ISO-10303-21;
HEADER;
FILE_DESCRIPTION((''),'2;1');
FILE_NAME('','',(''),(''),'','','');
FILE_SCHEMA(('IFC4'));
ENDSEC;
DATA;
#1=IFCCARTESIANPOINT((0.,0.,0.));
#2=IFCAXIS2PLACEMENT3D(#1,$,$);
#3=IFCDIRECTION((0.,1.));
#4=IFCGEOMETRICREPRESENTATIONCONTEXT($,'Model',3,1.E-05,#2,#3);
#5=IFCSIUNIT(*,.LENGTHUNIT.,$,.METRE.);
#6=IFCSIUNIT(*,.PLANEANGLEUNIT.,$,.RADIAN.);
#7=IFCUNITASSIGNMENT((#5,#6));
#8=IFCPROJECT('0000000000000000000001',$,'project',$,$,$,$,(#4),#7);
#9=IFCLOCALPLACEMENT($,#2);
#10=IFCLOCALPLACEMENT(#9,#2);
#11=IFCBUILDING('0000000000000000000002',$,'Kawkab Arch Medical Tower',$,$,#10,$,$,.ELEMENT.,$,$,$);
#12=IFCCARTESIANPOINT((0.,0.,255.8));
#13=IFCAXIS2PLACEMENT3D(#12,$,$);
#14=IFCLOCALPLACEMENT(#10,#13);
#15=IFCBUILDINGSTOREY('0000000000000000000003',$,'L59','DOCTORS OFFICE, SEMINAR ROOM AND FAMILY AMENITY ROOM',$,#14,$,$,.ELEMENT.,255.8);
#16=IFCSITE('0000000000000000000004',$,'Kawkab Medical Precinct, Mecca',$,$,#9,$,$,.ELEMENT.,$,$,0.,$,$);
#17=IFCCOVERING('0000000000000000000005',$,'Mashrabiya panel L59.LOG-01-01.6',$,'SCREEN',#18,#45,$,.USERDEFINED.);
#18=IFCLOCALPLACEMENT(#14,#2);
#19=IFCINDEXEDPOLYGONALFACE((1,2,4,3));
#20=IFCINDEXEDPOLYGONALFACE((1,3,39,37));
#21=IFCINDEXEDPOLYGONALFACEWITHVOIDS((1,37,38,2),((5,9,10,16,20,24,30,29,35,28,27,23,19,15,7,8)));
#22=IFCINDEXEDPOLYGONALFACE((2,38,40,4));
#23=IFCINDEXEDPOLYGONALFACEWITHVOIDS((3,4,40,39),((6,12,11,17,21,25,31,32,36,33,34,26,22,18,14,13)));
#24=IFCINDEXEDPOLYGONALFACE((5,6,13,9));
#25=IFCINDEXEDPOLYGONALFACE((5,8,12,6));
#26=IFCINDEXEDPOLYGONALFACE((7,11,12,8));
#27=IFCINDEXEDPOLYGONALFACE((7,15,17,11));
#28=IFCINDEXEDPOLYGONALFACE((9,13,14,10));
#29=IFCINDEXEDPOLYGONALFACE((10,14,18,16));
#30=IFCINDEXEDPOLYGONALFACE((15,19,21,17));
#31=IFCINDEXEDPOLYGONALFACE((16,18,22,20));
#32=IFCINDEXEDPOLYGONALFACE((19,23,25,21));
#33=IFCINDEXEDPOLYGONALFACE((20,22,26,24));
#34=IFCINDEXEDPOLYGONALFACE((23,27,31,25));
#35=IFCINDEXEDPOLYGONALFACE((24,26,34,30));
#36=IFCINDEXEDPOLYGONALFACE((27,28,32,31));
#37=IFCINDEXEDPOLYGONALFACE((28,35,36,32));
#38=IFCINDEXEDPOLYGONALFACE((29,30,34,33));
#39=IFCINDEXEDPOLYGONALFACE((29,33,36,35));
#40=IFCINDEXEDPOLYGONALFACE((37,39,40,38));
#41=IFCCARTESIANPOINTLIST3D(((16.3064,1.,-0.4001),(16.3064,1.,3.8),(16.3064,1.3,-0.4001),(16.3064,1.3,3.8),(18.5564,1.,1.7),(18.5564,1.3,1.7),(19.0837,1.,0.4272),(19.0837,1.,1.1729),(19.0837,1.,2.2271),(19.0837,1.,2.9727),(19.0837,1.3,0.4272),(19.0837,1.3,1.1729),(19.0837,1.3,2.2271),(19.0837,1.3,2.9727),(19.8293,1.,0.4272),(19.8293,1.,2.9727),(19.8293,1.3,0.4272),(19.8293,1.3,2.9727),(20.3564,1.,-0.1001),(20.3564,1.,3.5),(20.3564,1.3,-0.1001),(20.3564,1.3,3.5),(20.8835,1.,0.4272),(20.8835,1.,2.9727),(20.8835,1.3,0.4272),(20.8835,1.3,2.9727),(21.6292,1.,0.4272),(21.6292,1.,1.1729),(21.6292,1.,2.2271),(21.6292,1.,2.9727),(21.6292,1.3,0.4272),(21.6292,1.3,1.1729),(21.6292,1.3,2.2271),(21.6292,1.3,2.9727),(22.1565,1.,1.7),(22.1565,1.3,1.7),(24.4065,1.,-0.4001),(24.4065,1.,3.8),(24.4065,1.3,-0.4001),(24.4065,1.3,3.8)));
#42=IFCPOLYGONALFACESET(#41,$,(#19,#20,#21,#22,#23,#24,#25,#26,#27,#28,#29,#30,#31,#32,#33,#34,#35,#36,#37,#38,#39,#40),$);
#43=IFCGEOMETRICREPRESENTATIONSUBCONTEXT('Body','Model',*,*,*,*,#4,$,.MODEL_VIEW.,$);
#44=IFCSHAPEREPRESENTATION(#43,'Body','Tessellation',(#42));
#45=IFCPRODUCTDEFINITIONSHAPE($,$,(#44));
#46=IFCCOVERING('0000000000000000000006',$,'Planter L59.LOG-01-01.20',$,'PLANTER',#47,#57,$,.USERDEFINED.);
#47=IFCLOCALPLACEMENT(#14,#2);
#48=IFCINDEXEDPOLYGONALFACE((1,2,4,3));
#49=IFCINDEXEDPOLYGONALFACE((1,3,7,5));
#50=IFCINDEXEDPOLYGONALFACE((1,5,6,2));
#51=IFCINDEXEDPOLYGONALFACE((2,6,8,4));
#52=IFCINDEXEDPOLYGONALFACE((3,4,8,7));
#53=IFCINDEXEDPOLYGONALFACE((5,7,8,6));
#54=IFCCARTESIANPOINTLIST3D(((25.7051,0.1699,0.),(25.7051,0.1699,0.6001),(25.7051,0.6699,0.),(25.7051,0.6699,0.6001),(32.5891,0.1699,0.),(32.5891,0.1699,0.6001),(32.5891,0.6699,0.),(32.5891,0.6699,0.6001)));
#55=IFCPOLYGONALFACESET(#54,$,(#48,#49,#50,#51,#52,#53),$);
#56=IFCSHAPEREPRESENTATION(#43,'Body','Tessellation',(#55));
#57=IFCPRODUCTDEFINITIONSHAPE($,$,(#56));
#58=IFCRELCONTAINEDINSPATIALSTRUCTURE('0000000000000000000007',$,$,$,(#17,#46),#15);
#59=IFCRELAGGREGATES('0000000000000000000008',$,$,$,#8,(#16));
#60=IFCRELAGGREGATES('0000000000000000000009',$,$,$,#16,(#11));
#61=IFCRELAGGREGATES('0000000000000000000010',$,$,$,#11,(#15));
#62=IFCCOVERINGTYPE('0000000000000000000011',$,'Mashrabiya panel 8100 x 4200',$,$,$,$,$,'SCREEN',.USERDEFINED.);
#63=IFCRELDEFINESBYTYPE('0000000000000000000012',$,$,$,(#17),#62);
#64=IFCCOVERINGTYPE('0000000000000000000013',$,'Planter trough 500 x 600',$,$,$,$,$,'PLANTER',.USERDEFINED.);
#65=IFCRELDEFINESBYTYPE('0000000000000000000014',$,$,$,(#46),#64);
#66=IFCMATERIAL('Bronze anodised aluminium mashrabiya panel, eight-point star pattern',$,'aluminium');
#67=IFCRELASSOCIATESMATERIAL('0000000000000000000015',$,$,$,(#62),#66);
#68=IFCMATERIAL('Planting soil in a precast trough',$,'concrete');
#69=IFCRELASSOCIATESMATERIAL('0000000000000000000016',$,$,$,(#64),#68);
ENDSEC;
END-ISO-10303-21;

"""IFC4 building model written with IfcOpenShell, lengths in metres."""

from ifc_helpers import new_model, si_unit, direction, frame, origin, origin_2d, place, context, subcontext, project, spatial, polyline, rectangle, outline, extrude, material, material_profile, profile_set, type_object, element, save


model = new_model("IFC4")

# Units and contexts
model_context = context("Model", 3, precision=1e-05, world=origin(), true_north=direction((0.0, 1.0)))
body_context = subcontext(model_context, "Body", "Model", "MODEL_VIEW")
ifc_project = project(units=[si_unit("LENGTHUNIT", "METRE"), si_unit("PLANEANGLEUNIT", "RADIAN")], contexts=[model_context])

# Site, building, storey
site_placement = place(None, origin())
site = spatial("IfcSite", under=ifc_project, at=site_placement, Name="Kawkab Medical Precinct, Mecca", CompositionType="ELEMENT", RefElevation=0.0)
building_placement = place(site_placement, origin())
building = spatial("IfcBuilding", under=site, at=building_placement, Name="Kawkab Arch Medical Tower", CompositionType="ELEMENT")
storey_placement = place(building_placement, frame((0.0, 0.0, 255.8)))
storey = spatial("IfcBuildingStorey", under=building, at=storey_placement, Name="L59", Description="DOCTORS OFFICE, SEMINAR ROOM AND FAMILY AMENITY ROOM", CompositionType="ELEMENT", Elevation=255.8)

# Coverings
ifc_material_1 = material(Name="Bronze anodised aluminium mashrabiya panel, eight-point star pattern", Category="aluminium")
ifc_material_profile_1 = material_profile(ifc_material_1, outline(polyline([(-4.05, -2.1001), (4.05, -2.1001), (4.05, 2.1001), (-4.05, 2.1001), (-4.05, -2.1001)]), holes=[polyline([(1.8, 0.0), (1.2727, 0.5271), (1.2727, 1.2727), (0.5271, 1.2727), (0.0, 1.8), (-0.5271, 1.2727), (-1.2727, 1.2727), (-1.2727, 0.5271), (-1.8, 0.0), (-1.2727, -0.5271), (-1.2727, -1.2727), (-0.5271, -1.2727), (0.0, -1.8), (0.5271, -1.2727), (1.2727, -1.2727), (1.2727, -0.5271), (1.8, 0.0)])]), Name="Mashrabiya panel 8100x4200")
ifc_profile_set_1 = profile_set([ifc_material_profile_1], Name="Bronze anodised aluminium mashrabiya panel, eight-point star pattern")
covering_type_1 = type_object("IfcCoveringType", Name="Mashrabiya panel 8100 x 4200", ElementType="SCREEN", PredefinedType="USERDEFINED", material=ifc_profile_set_1)
covering_1_placement = place(storey_placement, frame((20.3564, 1.0, 1.7), z_axis=(0.0, 1.0, 0.0), x_axis=(-1.0, 0.0, 0.0)))
element("IfcCovering", 1, at=covering_1_placement, inside=storey, type_object=covering_type_1, Name="Mashrabiya panel L59.LOG-01-01.6", ObjectType="SCREEN", PredefinedType="USERDEFINED", context=body_context, shape_type="SweptSolid", body=[
    extrude(outline(polyline([(-4.05, -2.1001), (4.05, -2.1001), (4.05, 2.1001), (-4.05, 2.1001), (-4.05, -2.1001)]), holes=[polyline([(1.8, 0.0), (1.2727, 0.5271), (1.2727, 1.2727), (0.5271, 1.2727), (0.0, 1.8), (-0.5271, 1.2727), (-1.2727, 1.2727), (-1.2727, 0.5271), (-1.8, 0.0), (-1.2727, -0.5271), (-1.2727, -1.2727), (-0.5271, -1.2727), (0.0, -1.8), (0.5271, -1.2727), (1.2727, -1.2727), (1.2727, -0.5271), (1.8, 0.0)])]), origin(), (0.0, 0.0, 1.0), 0.3),
])
ifc_material_2 = material(Name="Planting soil in a precast trough", Category="concrete")
ifc_material_profile_2 = material_profile(ifc_material_2, rectangle(XDim=0.5, YDim=0.6001, at=origin_2d()), Name="Trough 500x600")
ifc_profile_set_2 = profile_set([ifc_material_profile_2], Name="Planting soil in a precast trough")
covering_type_2 = type_object("IfcCoveringType", Name="Planter trough 500 x 600", ElementType="PLANTER", PredefinedType="USERDEFINED", material=ifc_profile_set_2)
covering_2_placement = place(storey_placement, frame((25.7051, 0.4199, 0.3), z_axis=(1.0, 0.0, 0.0), x_axis=(0.0, 1.0, 0.0)))
element("IfcCovering", 2, at=covering_2_placement, inside=storey, type_object=covering_type_2, Name="Planter L59.LOG-01-01.20", ObjectType="PLANTER", PredefinedType="USERDEFINED", context=body_context, shape_type="SweptSolid", body=[
    extrude(rectangle(XDim=0.5, YDim=0.6001, at=origin_2d()), origin(), (0.0, 0.0, 1.0), 6.884),
])

save(model, "model.ifc")
